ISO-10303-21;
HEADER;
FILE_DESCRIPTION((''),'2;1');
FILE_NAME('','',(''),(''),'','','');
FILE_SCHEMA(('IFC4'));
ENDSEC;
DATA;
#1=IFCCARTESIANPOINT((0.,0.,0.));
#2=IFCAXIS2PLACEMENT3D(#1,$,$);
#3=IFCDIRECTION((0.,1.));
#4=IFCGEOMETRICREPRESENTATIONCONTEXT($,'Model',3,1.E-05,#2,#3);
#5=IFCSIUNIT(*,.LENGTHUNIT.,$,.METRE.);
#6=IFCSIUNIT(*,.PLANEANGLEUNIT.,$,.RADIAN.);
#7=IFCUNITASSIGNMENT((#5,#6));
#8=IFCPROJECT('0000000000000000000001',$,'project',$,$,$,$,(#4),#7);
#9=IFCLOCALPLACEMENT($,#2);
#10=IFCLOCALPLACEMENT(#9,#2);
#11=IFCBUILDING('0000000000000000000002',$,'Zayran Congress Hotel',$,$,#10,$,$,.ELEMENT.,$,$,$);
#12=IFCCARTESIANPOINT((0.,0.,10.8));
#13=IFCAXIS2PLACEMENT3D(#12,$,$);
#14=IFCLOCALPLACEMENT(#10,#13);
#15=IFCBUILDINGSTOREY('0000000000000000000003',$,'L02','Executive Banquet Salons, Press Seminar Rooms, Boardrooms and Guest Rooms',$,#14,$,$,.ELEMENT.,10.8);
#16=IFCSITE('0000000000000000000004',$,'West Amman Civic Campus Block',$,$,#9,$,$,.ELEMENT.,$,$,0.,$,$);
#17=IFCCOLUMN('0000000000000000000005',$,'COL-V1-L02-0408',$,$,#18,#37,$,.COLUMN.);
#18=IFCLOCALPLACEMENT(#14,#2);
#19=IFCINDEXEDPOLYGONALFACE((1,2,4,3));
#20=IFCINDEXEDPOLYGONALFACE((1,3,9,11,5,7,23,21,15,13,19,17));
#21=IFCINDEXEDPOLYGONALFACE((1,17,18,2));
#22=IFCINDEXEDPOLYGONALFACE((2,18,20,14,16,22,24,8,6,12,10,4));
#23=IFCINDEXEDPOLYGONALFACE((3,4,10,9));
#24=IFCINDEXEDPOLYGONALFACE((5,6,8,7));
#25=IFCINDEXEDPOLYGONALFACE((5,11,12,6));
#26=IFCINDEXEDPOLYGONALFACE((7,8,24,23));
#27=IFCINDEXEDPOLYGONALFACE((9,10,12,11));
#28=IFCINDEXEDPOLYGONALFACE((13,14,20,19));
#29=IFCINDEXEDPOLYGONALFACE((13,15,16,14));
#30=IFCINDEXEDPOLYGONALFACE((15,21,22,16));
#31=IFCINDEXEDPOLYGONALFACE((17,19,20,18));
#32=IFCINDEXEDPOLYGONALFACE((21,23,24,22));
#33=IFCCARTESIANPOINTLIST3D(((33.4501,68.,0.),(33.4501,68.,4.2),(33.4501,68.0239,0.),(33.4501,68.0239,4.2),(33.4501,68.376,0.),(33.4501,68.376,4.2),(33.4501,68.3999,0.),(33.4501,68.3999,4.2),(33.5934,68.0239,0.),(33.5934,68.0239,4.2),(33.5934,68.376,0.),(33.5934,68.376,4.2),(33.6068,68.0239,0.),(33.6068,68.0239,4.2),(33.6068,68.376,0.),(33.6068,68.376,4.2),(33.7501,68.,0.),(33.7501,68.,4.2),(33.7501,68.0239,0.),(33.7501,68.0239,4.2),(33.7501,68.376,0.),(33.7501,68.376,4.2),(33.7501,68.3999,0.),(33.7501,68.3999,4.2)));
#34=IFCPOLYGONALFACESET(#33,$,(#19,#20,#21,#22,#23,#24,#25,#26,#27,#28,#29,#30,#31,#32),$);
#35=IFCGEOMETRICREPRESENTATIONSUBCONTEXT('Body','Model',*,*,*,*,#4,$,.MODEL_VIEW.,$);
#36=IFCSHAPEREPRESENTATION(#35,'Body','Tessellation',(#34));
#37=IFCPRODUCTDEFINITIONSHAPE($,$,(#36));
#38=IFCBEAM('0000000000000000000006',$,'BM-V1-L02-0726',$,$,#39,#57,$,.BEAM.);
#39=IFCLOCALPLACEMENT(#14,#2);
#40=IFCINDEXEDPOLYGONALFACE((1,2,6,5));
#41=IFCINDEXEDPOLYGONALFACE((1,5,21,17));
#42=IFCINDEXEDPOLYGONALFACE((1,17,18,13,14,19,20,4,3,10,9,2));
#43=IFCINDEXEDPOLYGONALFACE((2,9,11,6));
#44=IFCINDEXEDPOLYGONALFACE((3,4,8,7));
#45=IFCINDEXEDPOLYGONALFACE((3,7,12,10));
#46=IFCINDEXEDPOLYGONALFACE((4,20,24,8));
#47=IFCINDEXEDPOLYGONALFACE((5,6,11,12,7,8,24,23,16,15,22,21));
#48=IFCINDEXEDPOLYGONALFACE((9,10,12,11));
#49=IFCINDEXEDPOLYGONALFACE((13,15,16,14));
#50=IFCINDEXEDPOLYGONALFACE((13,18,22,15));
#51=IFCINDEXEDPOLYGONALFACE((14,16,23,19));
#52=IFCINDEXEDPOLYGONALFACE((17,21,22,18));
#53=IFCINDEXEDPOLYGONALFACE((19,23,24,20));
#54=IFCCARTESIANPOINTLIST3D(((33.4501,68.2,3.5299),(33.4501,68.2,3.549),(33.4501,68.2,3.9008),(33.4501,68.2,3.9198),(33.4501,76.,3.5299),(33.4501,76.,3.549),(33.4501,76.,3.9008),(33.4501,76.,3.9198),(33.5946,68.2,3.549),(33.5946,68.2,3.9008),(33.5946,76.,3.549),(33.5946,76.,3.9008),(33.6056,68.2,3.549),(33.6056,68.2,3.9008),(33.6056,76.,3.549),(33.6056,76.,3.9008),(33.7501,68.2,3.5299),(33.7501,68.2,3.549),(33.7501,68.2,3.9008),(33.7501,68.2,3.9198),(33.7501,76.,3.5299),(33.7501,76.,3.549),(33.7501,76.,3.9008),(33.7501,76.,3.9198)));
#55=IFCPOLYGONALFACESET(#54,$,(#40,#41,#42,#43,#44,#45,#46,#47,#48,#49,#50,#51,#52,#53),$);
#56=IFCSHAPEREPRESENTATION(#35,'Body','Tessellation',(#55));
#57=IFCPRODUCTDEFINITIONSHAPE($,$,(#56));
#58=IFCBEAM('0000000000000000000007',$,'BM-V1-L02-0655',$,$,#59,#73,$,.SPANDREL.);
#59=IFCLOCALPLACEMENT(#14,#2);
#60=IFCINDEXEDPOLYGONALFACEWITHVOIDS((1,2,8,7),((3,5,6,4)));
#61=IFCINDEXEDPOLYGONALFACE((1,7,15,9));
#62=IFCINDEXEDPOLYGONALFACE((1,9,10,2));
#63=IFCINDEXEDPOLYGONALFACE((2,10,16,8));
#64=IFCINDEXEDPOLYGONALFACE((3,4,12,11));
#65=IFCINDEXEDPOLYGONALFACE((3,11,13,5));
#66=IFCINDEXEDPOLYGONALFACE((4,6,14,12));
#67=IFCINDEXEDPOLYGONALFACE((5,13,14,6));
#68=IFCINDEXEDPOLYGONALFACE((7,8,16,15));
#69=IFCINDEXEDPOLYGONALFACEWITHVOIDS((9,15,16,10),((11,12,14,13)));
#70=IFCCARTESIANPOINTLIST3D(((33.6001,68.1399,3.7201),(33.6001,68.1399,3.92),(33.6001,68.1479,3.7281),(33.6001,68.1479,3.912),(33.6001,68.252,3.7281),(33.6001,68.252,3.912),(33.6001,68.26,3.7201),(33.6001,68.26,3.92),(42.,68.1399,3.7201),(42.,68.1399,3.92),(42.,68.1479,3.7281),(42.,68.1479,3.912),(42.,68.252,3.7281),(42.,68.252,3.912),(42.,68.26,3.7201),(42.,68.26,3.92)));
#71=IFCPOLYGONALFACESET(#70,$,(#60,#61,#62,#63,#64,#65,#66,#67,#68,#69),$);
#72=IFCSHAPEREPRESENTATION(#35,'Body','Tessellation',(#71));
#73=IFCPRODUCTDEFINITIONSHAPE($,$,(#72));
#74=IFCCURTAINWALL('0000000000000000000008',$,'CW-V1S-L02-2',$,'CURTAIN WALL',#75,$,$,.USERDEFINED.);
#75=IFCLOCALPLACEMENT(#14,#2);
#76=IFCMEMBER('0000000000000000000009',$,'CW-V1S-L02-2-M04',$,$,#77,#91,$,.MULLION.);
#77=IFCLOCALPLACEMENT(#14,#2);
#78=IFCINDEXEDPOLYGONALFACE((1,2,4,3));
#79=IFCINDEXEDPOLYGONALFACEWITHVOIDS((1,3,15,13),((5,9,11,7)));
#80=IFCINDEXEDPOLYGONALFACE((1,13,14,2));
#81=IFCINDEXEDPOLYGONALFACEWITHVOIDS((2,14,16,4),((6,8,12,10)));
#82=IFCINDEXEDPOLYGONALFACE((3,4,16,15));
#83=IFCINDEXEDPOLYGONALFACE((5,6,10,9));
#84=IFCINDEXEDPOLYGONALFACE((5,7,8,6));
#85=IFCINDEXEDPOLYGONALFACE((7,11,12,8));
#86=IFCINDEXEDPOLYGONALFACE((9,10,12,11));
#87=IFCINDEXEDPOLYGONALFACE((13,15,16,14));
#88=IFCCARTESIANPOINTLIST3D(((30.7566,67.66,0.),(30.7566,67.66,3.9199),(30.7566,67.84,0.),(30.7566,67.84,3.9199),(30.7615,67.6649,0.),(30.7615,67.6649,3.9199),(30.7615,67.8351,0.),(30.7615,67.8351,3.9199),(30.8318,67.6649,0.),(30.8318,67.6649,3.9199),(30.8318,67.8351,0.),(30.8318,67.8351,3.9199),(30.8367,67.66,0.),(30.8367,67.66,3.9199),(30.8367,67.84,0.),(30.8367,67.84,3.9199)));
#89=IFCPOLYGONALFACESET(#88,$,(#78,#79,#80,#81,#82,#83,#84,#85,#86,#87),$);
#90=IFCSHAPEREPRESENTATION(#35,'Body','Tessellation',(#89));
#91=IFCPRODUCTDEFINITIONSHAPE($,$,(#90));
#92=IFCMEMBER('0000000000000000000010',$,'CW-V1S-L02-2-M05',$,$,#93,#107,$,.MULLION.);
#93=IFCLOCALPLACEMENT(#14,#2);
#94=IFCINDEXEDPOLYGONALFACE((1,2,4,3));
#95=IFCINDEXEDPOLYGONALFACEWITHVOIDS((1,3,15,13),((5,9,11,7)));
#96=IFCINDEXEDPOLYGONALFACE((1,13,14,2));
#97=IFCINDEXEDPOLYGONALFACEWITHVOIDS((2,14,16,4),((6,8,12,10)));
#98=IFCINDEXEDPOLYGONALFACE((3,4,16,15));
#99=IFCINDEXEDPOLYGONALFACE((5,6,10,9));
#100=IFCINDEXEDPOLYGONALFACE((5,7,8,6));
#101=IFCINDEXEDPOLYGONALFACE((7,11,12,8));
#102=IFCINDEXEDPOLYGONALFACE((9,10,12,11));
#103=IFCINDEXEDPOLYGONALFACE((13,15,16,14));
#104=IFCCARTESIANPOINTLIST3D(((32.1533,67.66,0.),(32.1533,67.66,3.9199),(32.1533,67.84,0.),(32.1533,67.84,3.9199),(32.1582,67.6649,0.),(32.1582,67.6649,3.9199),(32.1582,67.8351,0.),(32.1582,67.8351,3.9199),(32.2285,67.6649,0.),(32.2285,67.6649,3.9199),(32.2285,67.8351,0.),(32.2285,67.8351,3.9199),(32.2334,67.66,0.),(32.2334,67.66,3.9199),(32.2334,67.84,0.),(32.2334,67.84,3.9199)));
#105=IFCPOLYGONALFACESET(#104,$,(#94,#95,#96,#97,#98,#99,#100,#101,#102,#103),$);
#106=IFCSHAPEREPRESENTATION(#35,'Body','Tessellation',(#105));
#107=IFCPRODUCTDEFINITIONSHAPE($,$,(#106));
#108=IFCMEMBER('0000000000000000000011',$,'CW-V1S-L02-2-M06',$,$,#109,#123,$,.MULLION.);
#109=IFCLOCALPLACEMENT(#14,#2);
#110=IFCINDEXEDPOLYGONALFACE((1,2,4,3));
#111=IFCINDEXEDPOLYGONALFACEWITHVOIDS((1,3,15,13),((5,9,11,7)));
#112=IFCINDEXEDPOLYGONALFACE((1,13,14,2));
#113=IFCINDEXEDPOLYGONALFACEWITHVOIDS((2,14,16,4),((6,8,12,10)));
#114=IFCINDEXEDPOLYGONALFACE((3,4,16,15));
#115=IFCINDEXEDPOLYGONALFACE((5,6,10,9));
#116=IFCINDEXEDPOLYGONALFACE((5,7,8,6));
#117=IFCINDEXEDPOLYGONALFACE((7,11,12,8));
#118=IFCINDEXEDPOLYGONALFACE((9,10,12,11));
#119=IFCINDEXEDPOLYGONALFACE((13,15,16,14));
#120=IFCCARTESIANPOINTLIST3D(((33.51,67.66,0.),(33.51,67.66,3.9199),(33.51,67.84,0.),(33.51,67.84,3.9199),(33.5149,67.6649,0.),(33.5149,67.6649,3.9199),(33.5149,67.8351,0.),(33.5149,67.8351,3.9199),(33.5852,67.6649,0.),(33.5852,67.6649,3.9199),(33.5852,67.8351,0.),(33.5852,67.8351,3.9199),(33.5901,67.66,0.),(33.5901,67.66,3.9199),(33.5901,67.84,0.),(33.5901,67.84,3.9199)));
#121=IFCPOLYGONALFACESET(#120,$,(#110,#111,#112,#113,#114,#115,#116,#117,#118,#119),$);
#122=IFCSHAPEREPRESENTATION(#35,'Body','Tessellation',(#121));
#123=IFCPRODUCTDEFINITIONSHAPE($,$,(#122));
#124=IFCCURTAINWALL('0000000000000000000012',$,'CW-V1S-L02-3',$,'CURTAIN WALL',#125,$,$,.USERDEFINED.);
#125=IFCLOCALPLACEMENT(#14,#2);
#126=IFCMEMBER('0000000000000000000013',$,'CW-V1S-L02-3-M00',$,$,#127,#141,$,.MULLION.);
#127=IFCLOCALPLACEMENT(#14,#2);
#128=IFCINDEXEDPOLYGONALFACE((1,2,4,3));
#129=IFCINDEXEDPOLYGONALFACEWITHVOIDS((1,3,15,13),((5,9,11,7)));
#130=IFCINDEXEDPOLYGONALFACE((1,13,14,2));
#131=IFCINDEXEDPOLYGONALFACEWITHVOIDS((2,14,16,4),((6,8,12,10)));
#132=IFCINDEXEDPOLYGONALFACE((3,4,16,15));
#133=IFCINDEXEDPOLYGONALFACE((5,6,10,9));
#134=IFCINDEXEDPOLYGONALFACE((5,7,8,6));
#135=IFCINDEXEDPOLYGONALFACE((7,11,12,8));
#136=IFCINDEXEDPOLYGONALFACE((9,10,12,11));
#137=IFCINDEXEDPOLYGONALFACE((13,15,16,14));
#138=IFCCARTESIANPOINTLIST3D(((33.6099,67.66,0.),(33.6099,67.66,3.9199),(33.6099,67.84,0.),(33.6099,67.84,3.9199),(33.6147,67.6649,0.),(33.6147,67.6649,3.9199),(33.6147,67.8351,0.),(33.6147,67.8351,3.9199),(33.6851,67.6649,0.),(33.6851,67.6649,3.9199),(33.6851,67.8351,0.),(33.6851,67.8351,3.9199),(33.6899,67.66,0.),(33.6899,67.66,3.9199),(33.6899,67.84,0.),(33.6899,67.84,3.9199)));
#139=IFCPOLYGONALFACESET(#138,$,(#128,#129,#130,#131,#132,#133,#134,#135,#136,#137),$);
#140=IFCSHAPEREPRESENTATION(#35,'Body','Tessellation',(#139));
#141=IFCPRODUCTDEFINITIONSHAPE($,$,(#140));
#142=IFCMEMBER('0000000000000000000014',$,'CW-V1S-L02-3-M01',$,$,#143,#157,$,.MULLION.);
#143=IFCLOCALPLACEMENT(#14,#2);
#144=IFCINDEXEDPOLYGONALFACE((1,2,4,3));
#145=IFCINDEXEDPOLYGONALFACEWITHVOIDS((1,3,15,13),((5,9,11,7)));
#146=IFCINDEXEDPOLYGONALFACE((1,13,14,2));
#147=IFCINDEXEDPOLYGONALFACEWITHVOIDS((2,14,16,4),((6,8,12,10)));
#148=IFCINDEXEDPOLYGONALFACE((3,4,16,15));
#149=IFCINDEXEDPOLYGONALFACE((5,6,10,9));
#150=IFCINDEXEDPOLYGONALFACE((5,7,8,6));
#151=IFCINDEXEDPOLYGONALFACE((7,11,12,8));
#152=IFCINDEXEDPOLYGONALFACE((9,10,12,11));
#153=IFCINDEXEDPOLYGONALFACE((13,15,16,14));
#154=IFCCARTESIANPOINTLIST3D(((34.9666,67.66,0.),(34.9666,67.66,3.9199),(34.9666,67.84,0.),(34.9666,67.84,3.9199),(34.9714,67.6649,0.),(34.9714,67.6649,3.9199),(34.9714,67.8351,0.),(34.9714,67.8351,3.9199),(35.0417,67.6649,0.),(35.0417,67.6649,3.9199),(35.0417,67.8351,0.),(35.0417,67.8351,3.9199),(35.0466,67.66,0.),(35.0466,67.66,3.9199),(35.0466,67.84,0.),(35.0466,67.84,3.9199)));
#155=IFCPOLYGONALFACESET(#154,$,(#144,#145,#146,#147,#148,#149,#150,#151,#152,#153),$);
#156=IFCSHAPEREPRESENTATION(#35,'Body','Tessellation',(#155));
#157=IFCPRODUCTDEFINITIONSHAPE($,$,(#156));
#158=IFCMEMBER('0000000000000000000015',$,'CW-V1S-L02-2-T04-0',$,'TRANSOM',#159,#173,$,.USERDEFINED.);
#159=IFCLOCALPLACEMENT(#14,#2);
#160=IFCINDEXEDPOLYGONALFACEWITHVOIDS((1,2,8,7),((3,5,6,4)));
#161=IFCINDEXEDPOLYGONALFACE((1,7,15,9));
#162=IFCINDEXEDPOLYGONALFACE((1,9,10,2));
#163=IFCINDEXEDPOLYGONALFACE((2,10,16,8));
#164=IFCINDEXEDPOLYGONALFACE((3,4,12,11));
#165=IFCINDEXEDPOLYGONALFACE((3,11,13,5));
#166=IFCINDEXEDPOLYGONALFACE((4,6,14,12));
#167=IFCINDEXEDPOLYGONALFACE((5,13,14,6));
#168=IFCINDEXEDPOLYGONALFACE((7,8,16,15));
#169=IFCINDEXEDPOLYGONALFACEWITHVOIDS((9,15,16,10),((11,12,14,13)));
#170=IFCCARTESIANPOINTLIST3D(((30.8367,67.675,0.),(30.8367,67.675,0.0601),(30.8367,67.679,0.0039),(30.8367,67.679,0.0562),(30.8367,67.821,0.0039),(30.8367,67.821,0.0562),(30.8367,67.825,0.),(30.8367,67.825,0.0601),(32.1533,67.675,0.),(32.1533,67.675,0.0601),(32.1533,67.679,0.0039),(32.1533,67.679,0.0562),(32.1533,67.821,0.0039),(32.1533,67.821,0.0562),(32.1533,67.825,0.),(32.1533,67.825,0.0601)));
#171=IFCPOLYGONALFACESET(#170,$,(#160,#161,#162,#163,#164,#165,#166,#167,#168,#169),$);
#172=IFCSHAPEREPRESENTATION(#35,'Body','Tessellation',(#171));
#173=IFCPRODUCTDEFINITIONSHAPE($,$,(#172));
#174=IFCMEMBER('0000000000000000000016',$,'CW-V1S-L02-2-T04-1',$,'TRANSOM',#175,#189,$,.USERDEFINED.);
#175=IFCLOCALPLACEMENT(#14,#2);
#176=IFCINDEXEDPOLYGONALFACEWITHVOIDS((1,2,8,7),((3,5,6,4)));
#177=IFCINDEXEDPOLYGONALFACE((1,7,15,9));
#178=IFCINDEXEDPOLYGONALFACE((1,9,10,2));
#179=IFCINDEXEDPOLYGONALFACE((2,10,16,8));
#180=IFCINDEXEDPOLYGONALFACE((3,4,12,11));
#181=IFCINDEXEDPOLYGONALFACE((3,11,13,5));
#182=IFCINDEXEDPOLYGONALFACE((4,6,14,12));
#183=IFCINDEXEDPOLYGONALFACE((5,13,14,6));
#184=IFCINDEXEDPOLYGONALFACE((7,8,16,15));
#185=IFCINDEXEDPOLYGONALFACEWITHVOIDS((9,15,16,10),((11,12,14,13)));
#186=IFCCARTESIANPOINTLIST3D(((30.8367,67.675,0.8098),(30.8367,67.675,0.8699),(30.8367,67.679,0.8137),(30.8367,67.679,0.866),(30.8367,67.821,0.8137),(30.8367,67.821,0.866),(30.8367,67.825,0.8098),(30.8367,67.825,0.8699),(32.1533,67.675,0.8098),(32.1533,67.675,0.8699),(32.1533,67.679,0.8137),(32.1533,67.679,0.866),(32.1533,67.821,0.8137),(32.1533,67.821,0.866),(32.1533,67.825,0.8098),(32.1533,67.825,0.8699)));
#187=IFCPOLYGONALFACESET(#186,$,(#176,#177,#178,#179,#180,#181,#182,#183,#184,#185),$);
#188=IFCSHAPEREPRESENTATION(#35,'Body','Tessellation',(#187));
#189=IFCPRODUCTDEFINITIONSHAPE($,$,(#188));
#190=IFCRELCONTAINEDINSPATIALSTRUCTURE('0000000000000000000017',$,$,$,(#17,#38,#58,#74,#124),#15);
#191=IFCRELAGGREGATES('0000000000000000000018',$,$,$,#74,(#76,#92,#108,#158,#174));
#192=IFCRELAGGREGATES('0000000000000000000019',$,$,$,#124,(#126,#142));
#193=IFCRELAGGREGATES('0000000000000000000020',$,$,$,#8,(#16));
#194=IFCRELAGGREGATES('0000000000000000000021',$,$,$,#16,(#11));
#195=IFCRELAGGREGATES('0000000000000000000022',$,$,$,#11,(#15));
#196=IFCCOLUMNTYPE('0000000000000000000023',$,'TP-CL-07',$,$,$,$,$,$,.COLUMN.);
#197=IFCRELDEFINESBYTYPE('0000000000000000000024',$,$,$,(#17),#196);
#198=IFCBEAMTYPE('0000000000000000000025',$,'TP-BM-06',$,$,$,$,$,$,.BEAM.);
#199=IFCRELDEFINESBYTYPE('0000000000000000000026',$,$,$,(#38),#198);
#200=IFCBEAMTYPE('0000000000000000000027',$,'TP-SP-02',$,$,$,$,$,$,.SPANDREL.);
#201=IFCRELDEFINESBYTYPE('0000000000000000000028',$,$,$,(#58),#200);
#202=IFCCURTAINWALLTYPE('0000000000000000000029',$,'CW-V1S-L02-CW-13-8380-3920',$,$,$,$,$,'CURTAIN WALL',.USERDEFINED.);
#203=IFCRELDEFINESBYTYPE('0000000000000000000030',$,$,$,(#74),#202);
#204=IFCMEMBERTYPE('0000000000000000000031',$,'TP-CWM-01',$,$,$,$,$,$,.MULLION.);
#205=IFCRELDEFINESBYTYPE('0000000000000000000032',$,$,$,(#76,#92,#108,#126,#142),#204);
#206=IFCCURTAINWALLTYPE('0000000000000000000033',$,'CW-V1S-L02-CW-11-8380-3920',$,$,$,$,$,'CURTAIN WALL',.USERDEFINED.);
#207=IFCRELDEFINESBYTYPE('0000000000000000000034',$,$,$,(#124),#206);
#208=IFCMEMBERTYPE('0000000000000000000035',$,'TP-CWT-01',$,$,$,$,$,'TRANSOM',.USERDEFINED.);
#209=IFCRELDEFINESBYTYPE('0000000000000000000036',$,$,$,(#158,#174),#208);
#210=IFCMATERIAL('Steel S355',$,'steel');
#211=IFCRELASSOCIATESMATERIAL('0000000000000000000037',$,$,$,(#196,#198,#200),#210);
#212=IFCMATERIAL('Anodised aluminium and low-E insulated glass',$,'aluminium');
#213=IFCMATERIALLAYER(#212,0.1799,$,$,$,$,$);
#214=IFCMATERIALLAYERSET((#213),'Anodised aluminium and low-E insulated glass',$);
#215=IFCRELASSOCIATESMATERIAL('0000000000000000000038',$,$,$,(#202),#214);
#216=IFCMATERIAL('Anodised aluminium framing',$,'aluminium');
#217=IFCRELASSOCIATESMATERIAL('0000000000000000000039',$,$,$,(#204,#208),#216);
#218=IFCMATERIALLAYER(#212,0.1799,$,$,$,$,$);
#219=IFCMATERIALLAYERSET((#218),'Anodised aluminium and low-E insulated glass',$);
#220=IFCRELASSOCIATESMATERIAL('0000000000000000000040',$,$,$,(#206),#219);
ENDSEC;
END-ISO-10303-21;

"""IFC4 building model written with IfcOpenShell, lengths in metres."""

from ifc_helpers import new_model, si_unit, direction, frame, origin, origin_2d, place, context, subcontext, project, spatial, hollow_rectangle, i_section, extrude, material, layer, layer_set, material_profile, profile_set, type_object, element, aggregate, save


model = new_model("IFC4")

# Units and contexts
model_context = context("Model", 3, precision=1e-05, world=origin(), true_north=direction((0.0, 1.0)))
body_context = subcontext(model_context, "Body", "Model", "MODEL_VIEW")
ifc_project = project(units=[si_unit("LENGTHUNIT", "METRE"), si_unit("PLANEANGLEUNIT", "RADIAN")], contexts=[model_context])

# Site, building, storey
site_placement = place(None, origin())
site = spatial("IfcSite", under=ifc_project, at=site_placement, Name="West Amman Civic Campus Block", CompositionType="ELEMENT", RefElevation=0.0)
building_placement = place(site_placement, origin())
building = spatial("IfcBuilding", under=site, at=building_placement, Name="Zayran Congress Hotel", CompositionType="ELEMENT")
storey_placement = place(building_placement, frame((0.0, 0.0, 10.8)))
storey = spatial("IfcBuildingStorey", under=building, at=storey_placement, Name="L02", Description="Executive Banquet Salons, Press Seminar Rooms, Boardrooms and Guest Rooms", CompositionType="ELEMENT", Elevation=10.8)

# Column
ifc_material_1 = material(Name="Steel S355", Category="steel")
ifc_material_profile_1 = material_profile(ifc_material_1, i_section(OverallWidth=0.3, OverallDepth=0.3999, WebThickness=0.0134, FlangeThickness=0.0239, at=origin_2d()), Name="HEB 400")
ifc_profile_set_1 = profile_set([ifc_material_profile_1], Name="Steel S355")
column_type = type_object("IfcColumnType", Name="TP-CL-07", PredefinedType="COLUMN", material=ifc_profile_set_1)
column_placement = place(storey_placement, frame((33.6001, 68.2, 0.0), z_axis=(0.0, 0.0, 1.0), x_axis=(1.0, 0.0, 0.0)))
element("IfcColumn", 1, at=column_placement, inside=storey, type_object=column_type, Name="COL-V1-L02-0408", PredefinedType="COLUMN", context=body_context, shape_type="SweptSolid", body=[
    extrude(i_section(OverallWidth=0.3, OverallDepth=0.3999, WebThickness=0.0134, FlangeThickness=0.0239, at=origin_2d()), origin(), (0.0, 0.0, 1.0), 4.2),
])

# Beams
ifc_material_profile_2 = material_profile(ifc_material_1, i_section(OverallWidth=0.3, OverallDepth=0.3899, WebThickness=0.011, FlangeThickness=0.019, at=origin_2d()), Name="HEA 400")
ifc_profile_set_2 = profile_set([ifc_material_profile_2], Name="Steel S355")
beam_type_1 = type_object("IfcBeamType", Name="TP-BM-06", PredefinedType="BEAM", material=ifc_profile_set_2)
beam_1_placement = place(storey_placement, frame((33.6001, 68.2, 3.7249), z_axis=(0.0, 1.0, 0.0), x_axis=(-1.0, 0.0, 0.0)))
element("IfcBeam", 2, at=beam_1_placement, inside=storey, type_object=beam_type_1, Name="BM-V1-L02-0726", PredefinedType="BEAM", context=body_context, shape_type="SweptSolid", body=[
    extrude(i_section(OverallWidth=0.3, OverallDepth=0.3899, WebThickness=0.011, FlangeThickness=0.019, at=origin_2d()), origin(), (0.0, 0.0, 1.0), 7.8),
])
ifc_material_profile_3 = material_profile(ifc_material_1, hollow_rectangle(XDim=0.1201, YDim=0.2, WallThickness=0.0081, at=origin_2d()), Name="RHS 200x120x8")
ifc_profile_set_3 = profile_set([ifc_material_profile_3], Name="Steel S355")
beam_type_2 = type_object("IfcBeamType", Name="TP-SP-02", PredefinedType="SPANDREL", material=ifc_profile_set_3)
beam_2_placement = place(storey_placement, frame((33.6001, 68.2, 3.8201), z_axis=(1.0, 0.0, 0.0), x_axis=(0.0, 1.0, 0.0)))
element("IfcBeam", 3, at=beam_2_placement, inside=storey, type_object=beam_type_2, Name="BM-V1-L02-0655", PredefinedType="SPANDREL", context=body_context, shape_type="SweptSolid", body=[
    extrude(hollow_rectangle(XDim=0.1201, YDim=0.2, WallThickness=0.0081, at=origin_2d()), origin(), (0.0, 0.0, 1.0), 8.3999),
])

# Curtain walls, members
ifc_material_2 = material(Name="Anodised aluminium and low-E insulated glass", Category="aluminium")
ifc_layer_1 = layer(ifc_material_2, 0.1799)
ifc_layer_set_1 = layer_set([ifc_layer_1], Name="Anodised aluminium and low-E insulated glass")
curtain_wall_type_1 = type_object("IfcCurtainWallType", Name="CW-V1S-L02-CW-13-8380-3920", ElementType="CURTAIN WALL", PredefinedType="USERDEFINED", material=ifc_layer_set_1)
curtain_wall_1_placement = place(storey_placement, origin())
curtain_wall_1 = element("IfcCurtainWall", 4, at=curtain_wall_1_placement, inside=storey, type_object=curtain_wall_type_1, Name="CW-V1S-L02-2", ObjectType="CURTAIN WALL", PredefinedType="USERDEFINED")
ifc_material_3 = material(Name="Anodised aluminium framing", Category="aluminium")
ifc_material_profile_4 = material_profile(ifc_material_3, hollow_rectangle(XDim=0.0801, YDim=0.1799, WallThickness=0.0049, at=origin_2d()), Name="RHS 180x80x5")
ifc_profile_set_4 = profile_set([ifc_material_profile_4], Name="Anodised aluminium framing")
member_type_1 = type_object("IfcMemberType", Name="TP-CWM-01", PredefinedType="MULLION", material=ifc_profile_set_4)
member_1_placement = place(storey_placement, frame((30.7966, 67.75, 0.0), z_axis=(0.0, 0.0, 1.0), x_axis=(1.0, 0.0, 0.0)))
member_1 = element("IfcMember", 5, at=member_1_placement, type_object=member_type_1, Name="CW-V1S-L02-2-M04", PredefinedType="MULLION", context=body_context, shape_type="SweptSolid", body=[
    extrude(hollow_rectangle(XDim=0.0801, YDim=0.1799, WallThickness=0.0049, at=origin_2d()), origin(), (0.0, 0.0, 1.0), 3.9199),
])
member_2_placement = place(storey_placement, frame((32.1934, 67.75, 0.0), z_axis=(0.0, 0.0, 1.0), x_axis=(1.0, 0.0, 0.0)))
member_2 = element("IfcMember", 6, at=member_2_placement, type_object=member_type_1, Name="CW-V1S-L02-2-M05", PredefinedType="MULLION", context=body_context, shape_type="SweptSolid", body=[
    extrude(hollow_rectangle(XDim=0.0801, YDim=0.1799, WallThickness=0.0049, at=origin_2d()), origin(), (0.0, 0.0, 1.0), 3.9199),
])
member_3_placement = place(storey_placement, frame((33.55, 67.75, 0.0), z_axis=(0.0, 0.0, 1.0), x_axis=(1.0, 0.0, 0.0)))
member_3 = element("IfcMember", 7, at=member_3_placement, type_object=member_type_1, Name="CW-V1S-L02-2-M06", PredefinedType="MULLION", context=body_context, shape_type="SweptSolid", body=[
    extrude(hollow_rectangle(XDim=0.0801, YDim=0.1799, WallThickness=0.0049, at=origin_2d()), origin(), (0.0, 0.0, 1.0), 3.9199),
])
ifc_layer_2 = layer(ifc_material_2, 0.1799)
ifc_layer_set_2 = layer_set([ifc_layer_2], Name="Anodised aluminium and low-E insulated glass")
curtain_wall_type_2 = type_object("IfcCurtainWallType", Name="CW-V1S-L02-CW-11-8380-3920", ElementType="CURTAIN WALL", PredefinedType="USERDEFINED", material=ifc_layer_set_2)
curtain_wall_2_placement = place(storey_placement, origin())
curtain_wall_2 = element("IfcCurtainWall", 8, at=curtain_wall_2_placement, inside=storey, type_object=curtain_wall_type_2, Name="CW-V1S-L02-3", ObjectType="CURTAIN WALL", PredefinedType="USERDEFINED")
member_4_placement = place(storey_placement, frame((33.6499, 67.75, 0.0), z_axis=(0.0, 0.0, 1.0), x_axis=(1.0, 0.0, 0.0)))
member_4 = element("IfcMember", 9, at=member_4_placement, type_object=member_type_1, Name="CW-V1S-L02-3-M00", PredefinedType="MULLION", context=body_context, shape_type="SweptSolid", body=[
    extrude(hollow_rectangle(XDim=0.0801, YDim=0.1799, WallThickness=0.0049, at=origin_2d()), origin(), (0.0, 0.0, 1.0), 3.9199),
])
member_5_placement = place(storey_placement, frame((35.0066, 67.75, 0.0), z_axis=(0.0, 0.0, 1.0), x_axis=(1.0, 0.0, 0.0)))
member_5 = element("IfcMember", 10, at=member_5_placement, type_object=member_type_1, Name="CW-V1S-L02-3-M01", PredefinedType="MULLION", context=body_context, shape_type="SweptSolid", body=[
    extrude(hollow_rectangle(XDim=0.0801, YDim=0.1799, WallThickness=0.0049, at=origin_2d()), origin(), (0.0, 0.0, 1.0), 3.9199),
])

# Members
ifc_material_profile_5 = material_profile(ifc_material_3, hollow_rectangle(XDim=0.0601, YDim=0.1499, WallThickness=0.0039, at=origin_2d()), Name="RHS 150x60x4")
ifc_profile_set_5 = profile_set([ifc_material_profile_5], Name="Anodised aluminium framing")
member_type_2 = type_object("IfcMemberType", Name="TP-CWT-01", ElementType="TRANSOM", PredefinedType="USERDEFINED", material=ifc_profile_set_5)
member_6_placement = place(storey_placement, frame((30.8367, 67.75, 0.03), z_axis=(1.0, 0.0, 0.0), x_axis=(0.0, 0.0, 1.0)))
member_6 = element("IfcMember", 11, at=member_6_placement, type_object=member_type_2, Name="CW-V1S-L02-2-T04-0", ObjectType="TRANSOM", PredefinedType="USERDEFINED", context=body_context, shape_type="SweptSolid", body=[
    extrude(hollow_rectangle(XDim=0.0601, YDim=0.1499, WallThickness=0.0039, at=origin_2d()), origin(), (0.0, 0.0, 1.0), 1.3167),
])
member_7_placement = place(storey_placement, frame((30.8367, 67.75, 0.8398), z_axis=(1.0, 0.0, 0.0), x_axis=(0.0, 0.0, 1.0)))
member_7 = element("IfcMember", 12, at=member_7_placement, type_object=member_type_2, Name="CW-V1S-L02-2-T04-1", ObjectType="TRANSOM", PredefinedType="USERDEFINED", context=body_context, shape_type="SweptSolid", body=[
    extrude(hollow_rectangle(XDim=0.0601, YDim=0.1499, WallThickness=0.0039, at=origin_2d()), origin(), (0.0, 0.0, 1.0), 1.3167),
])

aggregate(curtain_wall_1, [member_1, member_2, member_3, member_6, member_7])
aggregate(curtain_wall_2, [member_4, member_5])

save(model, "model.ifc")
